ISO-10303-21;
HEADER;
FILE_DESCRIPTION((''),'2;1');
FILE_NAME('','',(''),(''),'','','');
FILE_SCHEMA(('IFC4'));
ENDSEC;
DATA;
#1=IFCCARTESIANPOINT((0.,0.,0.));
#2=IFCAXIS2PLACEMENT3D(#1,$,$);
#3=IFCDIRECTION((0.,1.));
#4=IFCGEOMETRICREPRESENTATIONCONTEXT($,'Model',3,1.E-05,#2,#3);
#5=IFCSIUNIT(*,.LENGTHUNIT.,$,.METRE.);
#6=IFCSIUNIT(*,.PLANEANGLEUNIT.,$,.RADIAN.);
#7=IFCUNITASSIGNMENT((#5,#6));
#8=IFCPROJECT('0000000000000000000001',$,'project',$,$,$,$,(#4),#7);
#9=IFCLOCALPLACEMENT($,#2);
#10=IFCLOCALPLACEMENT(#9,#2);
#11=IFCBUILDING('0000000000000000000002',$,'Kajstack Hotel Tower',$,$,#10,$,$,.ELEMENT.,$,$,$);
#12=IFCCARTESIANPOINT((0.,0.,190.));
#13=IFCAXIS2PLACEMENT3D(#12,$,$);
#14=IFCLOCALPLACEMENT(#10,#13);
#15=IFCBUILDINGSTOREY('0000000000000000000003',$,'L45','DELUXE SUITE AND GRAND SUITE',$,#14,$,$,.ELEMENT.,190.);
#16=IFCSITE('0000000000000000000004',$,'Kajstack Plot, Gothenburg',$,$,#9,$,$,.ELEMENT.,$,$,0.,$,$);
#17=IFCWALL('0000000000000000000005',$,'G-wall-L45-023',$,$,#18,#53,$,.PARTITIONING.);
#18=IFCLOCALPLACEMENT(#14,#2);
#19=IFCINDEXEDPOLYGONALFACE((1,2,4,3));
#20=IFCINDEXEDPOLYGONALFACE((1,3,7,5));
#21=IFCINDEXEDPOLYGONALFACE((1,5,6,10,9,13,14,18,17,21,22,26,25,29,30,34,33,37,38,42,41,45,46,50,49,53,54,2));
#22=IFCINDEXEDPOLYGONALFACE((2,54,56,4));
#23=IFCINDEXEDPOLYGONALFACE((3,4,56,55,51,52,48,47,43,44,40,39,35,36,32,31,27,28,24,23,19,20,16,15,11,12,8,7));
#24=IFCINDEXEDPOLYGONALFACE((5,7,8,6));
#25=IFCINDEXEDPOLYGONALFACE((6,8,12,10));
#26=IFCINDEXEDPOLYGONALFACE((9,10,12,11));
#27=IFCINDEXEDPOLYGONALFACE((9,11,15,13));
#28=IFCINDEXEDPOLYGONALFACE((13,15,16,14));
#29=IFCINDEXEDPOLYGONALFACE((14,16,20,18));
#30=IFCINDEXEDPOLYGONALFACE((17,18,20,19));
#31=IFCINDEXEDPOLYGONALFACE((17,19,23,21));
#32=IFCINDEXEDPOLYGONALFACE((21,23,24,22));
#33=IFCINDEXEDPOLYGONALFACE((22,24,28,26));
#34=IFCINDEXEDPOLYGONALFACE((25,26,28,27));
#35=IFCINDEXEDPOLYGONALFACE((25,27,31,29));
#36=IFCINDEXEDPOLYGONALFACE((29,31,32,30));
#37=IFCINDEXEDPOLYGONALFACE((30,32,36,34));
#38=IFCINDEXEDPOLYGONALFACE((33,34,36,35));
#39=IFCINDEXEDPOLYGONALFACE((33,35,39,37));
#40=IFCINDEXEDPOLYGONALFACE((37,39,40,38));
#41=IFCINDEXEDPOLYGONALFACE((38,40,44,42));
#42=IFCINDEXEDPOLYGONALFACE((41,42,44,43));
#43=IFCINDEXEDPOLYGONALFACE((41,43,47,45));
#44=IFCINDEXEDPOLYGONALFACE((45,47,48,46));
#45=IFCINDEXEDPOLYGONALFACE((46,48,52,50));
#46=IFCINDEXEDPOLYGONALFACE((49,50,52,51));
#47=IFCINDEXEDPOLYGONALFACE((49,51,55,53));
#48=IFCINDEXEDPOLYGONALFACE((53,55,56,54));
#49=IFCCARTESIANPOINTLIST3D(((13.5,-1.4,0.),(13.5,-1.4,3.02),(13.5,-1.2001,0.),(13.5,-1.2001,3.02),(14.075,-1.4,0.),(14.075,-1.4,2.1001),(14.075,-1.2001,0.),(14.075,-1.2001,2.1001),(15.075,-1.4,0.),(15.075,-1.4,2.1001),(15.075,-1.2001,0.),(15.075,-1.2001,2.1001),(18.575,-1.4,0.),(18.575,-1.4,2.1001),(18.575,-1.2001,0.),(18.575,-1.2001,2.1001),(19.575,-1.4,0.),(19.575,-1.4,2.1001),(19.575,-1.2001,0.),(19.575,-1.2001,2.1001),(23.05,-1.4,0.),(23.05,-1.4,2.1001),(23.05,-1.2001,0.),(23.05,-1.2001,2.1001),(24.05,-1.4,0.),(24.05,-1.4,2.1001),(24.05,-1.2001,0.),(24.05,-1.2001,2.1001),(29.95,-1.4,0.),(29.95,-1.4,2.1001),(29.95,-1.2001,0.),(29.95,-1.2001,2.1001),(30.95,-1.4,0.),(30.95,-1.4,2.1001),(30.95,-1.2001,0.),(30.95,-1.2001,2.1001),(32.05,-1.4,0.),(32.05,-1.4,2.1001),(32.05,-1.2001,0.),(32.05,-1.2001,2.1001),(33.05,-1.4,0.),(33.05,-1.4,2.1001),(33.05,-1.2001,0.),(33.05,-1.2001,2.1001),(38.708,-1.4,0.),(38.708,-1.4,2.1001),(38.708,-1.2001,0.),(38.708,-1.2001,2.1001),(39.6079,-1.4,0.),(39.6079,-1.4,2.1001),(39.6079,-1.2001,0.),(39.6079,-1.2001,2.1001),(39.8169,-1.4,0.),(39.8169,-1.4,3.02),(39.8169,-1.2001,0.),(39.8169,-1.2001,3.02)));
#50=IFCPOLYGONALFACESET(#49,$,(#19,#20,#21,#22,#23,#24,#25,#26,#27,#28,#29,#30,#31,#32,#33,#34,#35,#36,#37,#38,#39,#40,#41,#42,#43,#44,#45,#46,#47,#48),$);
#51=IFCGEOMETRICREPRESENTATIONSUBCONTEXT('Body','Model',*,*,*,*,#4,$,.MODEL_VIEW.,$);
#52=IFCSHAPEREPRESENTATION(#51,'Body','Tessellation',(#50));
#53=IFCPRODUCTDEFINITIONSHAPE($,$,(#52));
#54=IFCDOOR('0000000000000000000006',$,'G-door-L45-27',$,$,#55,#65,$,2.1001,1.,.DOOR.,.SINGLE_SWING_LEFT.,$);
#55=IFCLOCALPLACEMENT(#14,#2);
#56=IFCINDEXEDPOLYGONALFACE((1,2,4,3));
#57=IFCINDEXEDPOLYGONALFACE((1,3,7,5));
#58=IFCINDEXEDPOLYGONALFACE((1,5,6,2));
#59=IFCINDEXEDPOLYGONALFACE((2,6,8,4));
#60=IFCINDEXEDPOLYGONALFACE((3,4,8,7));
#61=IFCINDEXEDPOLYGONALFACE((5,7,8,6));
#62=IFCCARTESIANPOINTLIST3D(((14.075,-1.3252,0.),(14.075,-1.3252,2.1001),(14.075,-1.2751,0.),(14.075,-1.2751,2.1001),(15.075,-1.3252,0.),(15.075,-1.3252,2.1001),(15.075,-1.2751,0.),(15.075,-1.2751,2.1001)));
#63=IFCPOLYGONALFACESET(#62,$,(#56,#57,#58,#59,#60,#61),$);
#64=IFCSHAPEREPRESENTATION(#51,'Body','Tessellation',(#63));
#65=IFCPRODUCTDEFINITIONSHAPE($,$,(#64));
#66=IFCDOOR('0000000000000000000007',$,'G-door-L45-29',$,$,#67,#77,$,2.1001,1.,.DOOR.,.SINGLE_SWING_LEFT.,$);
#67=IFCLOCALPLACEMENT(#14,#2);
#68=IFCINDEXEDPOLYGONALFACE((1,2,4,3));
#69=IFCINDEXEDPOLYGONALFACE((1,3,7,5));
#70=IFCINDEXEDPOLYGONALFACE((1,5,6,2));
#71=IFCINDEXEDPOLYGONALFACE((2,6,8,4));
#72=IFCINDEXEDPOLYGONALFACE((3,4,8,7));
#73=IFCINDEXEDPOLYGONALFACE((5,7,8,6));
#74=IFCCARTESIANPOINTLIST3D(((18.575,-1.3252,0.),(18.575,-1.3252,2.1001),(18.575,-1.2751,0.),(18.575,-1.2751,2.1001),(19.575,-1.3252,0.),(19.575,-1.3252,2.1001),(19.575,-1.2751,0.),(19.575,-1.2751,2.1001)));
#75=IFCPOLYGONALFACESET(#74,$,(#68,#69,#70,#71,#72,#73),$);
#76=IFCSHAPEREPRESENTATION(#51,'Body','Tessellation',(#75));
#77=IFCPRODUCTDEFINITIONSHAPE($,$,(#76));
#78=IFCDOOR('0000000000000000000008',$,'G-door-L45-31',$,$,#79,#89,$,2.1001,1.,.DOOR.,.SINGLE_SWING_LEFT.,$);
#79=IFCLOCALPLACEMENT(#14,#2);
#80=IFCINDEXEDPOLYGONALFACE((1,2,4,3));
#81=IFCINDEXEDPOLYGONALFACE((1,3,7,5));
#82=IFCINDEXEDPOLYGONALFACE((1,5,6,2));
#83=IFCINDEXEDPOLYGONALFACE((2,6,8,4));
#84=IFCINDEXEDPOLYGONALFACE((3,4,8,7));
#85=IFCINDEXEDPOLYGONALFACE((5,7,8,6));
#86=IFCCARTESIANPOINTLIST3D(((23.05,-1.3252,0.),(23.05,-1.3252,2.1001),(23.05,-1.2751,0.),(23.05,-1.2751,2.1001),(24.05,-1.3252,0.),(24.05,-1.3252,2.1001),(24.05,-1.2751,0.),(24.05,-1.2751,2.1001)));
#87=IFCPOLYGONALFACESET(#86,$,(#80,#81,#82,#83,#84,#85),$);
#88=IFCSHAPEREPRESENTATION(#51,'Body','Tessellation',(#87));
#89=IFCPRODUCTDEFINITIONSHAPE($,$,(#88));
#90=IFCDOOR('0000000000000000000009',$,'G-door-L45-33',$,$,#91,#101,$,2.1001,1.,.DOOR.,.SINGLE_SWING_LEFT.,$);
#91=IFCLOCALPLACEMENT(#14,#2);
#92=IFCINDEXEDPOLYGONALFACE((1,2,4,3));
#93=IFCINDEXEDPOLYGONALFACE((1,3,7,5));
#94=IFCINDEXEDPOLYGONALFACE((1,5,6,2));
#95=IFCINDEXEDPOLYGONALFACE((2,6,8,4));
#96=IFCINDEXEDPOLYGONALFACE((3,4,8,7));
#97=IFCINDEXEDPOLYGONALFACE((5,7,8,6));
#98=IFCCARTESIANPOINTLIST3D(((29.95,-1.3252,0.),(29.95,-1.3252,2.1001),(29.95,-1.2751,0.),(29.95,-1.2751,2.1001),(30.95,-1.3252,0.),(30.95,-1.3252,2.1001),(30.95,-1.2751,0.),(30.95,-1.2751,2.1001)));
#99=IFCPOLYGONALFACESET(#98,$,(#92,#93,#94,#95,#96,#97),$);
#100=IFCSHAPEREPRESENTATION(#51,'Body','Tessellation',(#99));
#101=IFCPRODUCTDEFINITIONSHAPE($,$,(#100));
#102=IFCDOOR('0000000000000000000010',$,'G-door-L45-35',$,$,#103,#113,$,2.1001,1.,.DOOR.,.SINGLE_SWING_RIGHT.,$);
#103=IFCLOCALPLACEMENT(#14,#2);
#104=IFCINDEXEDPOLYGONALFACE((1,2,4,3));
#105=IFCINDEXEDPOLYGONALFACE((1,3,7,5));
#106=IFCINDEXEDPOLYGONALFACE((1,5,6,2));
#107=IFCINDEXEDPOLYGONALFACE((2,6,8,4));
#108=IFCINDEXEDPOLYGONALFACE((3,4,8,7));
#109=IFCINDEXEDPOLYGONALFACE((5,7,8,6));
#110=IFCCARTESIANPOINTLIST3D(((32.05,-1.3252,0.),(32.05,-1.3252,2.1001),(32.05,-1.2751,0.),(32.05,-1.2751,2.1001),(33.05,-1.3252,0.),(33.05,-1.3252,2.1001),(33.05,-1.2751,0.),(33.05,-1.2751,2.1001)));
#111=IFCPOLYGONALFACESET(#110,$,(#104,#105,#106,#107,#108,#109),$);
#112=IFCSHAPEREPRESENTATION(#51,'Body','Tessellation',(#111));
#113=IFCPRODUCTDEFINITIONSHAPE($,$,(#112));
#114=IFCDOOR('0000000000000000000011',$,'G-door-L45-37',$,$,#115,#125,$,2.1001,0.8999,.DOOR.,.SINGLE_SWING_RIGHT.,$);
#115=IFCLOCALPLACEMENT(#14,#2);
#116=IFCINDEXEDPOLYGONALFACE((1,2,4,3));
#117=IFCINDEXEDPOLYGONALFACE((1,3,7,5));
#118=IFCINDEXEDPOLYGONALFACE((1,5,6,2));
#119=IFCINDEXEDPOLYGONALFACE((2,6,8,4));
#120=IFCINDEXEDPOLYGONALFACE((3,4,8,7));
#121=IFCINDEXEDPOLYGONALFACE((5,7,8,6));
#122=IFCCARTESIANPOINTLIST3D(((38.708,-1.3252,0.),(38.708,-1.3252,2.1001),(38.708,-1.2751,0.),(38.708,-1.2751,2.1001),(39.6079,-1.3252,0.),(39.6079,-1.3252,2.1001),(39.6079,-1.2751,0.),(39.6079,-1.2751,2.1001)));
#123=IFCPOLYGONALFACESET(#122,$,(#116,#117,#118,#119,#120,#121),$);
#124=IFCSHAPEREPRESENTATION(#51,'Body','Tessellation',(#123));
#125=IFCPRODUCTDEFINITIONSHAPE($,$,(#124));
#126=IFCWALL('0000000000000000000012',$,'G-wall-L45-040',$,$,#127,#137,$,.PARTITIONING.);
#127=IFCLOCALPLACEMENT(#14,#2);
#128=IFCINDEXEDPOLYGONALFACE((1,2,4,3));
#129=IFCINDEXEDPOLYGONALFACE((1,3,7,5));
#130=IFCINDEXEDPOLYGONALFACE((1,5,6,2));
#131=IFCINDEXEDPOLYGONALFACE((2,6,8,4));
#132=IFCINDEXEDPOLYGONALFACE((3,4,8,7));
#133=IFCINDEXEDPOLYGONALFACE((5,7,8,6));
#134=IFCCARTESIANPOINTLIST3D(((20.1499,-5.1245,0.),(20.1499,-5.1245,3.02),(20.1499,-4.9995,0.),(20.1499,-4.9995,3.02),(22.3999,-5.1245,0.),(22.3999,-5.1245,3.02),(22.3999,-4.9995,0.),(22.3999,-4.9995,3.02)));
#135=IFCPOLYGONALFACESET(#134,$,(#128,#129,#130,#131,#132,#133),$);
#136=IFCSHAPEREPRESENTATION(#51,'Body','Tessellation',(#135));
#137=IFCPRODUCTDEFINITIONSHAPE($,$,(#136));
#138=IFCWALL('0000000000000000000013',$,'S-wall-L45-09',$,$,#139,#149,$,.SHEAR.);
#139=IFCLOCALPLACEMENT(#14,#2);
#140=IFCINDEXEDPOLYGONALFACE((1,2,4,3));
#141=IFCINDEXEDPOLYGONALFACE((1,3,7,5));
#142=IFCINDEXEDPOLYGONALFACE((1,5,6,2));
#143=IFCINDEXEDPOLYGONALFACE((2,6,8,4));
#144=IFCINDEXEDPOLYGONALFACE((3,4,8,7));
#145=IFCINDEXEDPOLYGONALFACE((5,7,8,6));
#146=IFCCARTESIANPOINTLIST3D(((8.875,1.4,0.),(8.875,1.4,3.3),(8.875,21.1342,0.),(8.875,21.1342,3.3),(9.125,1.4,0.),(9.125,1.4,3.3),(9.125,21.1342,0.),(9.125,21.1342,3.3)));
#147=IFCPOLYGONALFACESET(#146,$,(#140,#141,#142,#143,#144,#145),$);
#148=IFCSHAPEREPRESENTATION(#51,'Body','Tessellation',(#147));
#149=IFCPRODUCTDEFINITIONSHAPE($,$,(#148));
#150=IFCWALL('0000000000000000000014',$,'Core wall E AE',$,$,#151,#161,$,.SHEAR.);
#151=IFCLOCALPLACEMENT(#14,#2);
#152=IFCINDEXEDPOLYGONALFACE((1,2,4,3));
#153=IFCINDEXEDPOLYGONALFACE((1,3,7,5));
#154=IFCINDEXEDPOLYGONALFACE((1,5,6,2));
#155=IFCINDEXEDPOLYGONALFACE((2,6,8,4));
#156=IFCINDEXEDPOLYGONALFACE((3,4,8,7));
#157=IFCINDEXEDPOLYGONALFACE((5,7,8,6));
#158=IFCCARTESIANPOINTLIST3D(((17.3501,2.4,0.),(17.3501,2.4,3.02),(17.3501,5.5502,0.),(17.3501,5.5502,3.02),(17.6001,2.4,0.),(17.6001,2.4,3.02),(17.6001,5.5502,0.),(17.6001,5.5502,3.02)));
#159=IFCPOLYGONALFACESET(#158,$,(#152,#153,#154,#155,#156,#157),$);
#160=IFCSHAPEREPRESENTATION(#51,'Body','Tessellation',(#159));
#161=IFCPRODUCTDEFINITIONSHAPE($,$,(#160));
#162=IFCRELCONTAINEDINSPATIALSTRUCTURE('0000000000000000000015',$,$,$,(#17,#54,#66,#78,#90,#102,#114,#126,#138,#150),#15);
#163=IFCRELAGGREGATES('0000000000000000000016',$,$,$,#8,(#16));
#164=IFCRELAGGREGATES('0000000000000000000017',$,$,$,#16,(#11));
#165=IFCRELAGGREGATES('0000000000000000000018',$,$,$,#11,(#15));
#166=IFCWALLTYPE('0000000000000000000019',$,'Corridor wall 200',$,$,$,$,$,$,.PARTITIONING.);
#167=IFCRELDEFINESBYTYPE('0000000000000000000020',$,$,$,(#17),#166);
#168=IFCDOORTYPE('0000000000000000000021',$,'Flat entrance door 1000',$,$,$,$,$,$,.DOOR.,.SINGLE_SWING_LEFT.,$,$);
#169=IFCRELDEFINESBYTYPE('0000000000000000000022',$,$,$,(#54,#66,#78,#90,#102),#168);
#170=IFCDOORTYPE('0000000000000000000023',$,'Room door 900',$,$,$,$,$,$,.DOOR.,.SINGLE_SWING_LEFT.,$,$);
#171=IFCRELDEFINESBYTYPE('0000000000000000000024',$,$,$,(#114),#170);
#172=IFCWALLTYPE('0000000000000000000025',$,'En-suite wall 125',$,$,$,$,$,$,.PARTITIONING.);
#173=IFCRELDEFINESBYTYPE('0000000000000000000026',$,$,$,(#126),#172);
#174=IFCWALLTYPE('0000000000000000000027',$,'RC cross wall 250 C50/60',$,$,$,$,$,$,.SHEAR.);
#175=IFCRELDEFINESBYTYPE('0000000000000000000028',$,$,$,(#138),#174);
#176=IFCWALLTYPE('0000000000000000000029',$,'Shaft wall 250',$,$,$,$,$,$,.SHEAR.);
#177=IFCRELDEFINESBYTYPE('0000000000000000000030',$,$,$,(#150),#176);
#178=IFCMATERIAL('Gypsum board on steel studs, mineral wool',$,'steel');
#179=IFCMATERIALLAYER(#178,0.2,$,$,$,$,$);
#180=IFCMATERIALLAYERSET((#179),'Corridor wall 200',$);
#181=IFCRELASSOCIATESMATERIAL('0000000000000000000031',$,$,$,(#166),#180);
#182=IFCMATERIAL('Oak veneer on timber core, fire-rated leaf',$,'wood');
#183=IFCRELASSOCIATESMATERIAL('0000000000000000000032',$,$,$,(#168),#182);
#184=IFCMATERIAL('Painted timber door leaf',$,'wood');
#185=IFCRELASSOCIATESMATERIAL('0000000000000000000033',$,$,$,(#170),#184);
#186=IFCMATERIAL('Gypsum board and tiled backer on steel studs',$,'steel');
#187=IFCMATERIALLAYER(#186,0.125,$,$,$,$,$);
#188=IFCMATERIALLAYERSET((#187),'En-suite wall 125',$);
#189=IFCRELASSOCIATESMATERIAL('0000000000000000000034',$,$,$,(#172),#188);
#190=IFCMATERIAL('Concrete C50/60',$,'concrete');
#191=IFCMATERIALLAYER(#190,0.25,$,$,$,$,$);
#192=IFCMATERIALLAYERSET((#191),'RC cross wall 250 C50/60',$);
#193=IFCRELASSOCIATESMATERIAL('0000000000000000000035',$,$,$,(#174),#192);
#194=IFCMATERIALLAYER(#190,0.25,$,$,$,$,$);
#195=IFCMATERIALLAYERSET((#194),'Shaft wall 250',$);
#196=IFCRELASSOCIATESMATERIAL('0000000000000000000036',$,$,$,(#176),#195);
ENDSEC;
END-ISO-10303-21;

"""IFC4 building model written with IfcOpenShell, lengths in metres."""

from ifc_helpers import new_model, si_unit, direction, frame, frame_2d, origin, place, context, subcontext, project, spatial, rectangle, extrude, material, layer, layer_set, type_object, element, fill, save


model = new_model("IFC4")

# Units and contexts
model_context = context("Model", 3, precision=1e-05, world=origin(), true_north=direction((0.0, 1.0)))
body_context = subcontext(model_context, "Body", "Model", "MODEL_VIEW")
ifc_project = project(units=[si_unit("LENGTHUNIT", "METRE"), si_unit("PLANEANGLEUNIT", "RADIAN")], contexts=[model_context])

# Site, building, storey
site_placement = place(None, origin())
site = spatial("IfcSite", under=ifc_project, at=site_placement, Name="Kajstack Plot, Gothenburg", CompositionType="ELEMENT", RefElevation=0.0)
building_placement = place(site_placement, origin())
building = spatial("IfcBuilding", under=site, at=building_placement, Name="Kajstack Hotel Tower", CompositionType="ELEMENT")
storey_placement = place(building_placement, frame((0.0, 0.0, 190.0)))
storey = spatial("IfcBuildingStorey", under=building, at=storey_placement, Name="L45", Description="DELUXE SUITE AND GRAND SUITE", CompositionType="ELEMENT", Elevation=190.0)

# Wall, openings, doors
ifc_material_1 = material(Name="Gypsum board on steel studs, mineral wool", Category="steel")
ifc_layer_1 = layer(ifc_material_1, 0.2)
ifc_layer_set_1 = layer_set([ifc_layer_1], Name="Corridor wall 200")
wall_type_1 = type_object("IfcWallType", Name="Corridor wall 200", PredefinedType="PARTITIONING", material=ifc_layer_set_1)
wall_1_placement = place(storey_placement, frame((13.5, -1.3, 0.0), z_axis=(0.0, 0.0, 1.0), x_axis=(1.0, 0.0, 0.0)))
wall_1 = element("IfcWall", 1, at=wall_1_placement, inside=storey, type_object=wall_type_1, Name="G-wall-L45-023", PredefinedType="PARTITIONING", context=body_context, shape_type="SweptSolid", body=[
    extrude(rectangle(XDim=26.3169, YDim=0.2, at=frame_2d((13.1584, 0.0))), origin(), (0.0, 0.0, 1.0), 3.02),
])
opening_1_placement = place(wall_1_placement, frame((0.575, 0.0, 0.0)))
opening_1 = element("IfcOpeningElement", 2, at=opening_1_placement, cuts=wall_1, PredefinedType="OPENING", context=body_context, shape_type="SweptSolid", body=[
    extrude(rectangle(XDim=1.0, YDim=2.1001, at=frame_2d((0.5, 1.05))), frame((0.0, 0.1099, 0.0), z_axis=(0.0, -1.0, 0.0), x_axis=(1.0, 0.0, 0.0)), (0.0, 0.0, 1.0), 0.22),
])
opening_2_placement = place(wall_1_placement, frame((5.075, 0.0, 0.0)))
opening_2 = element("IfcOpeningElement", 3, at=opening_2_placement, cuts=wall_1, PredefinedType="OPENING", context=body_context, shape_type="SweptSolid", body=[
    extrude(rectangle(XDim=1.0, YDim=2.1001, at=frame_2d((0.5, 1.05))), frame((0.0, 0.1099, 0.0), z_axis=(0.0, -1.0, 0.0), x_axis=(1.0, 0.0, 0.0)), (0.0, 0.0, 1.0), 0.22),
])
opening_3_placement = place(wall_1_placement, frame((9.55, 0.0, 0.0)))
opening_3 = element("IfcOpeningElement", 4, at=opening_3_placement, cuts=wall_1, PredefinedType="OPENING", context=body_context, shape_type="SweptSolid", body=[
    extrude(rectangle(XDim=1.0, YDim=2.1001, at=frame_2d((0.5, 1.05))), frame((0.0, 0.1099, 0.0), z_axis=(0.0, -1.0, 0.0), x_axis=(1.0, 0.0, 0.0)), (0.0, 0.0, 1.0), 0.22),
])
opening_4_placement = place(wall_1_placement, frame((16.45, 0.0, 0.0)))
opening_4 = element("IfcOpeningElement", 5, at=opening_4_placement, cuts=wall_1, PredefinedType="OPENING", context=body_context, shape_type="SweptSolid", body=[
    extrude(rectangle(XDim=1.0, YDim=2.1001, at=frame_2d((0.5, 1.05))), frame((0.0, 0.1099, 0.0), z_axis=(0.0, -1.0, 0.0), x_axis=(1.0, 0.0, 0.0)), (0.0, 0.0, 1.0), 0.22),
])
opening_5_placement = place(wall_1_placement, frame((18.55, 0.0, 0.0)))
opening_5 = element("IfcOpeningElement", 6, at=opening_5_placement, cuts=wall_1, PredefinedType="OPENING", context=body_context, shape_type="SweptSolid", body=[
    extrude(rectangle(XDim=1.0, YDim=2.1001, at=frame_2d((0.5, 1.05))), frame((0.0, 0.1099, 0.0), z_axis=(0.0, -1.0, 0.0), x_axis=(1.0, 0.0, 0.0)), (0.0, 0.0, 1.0), 0.22),
])
opening_6_placement = place(wall_1_placement, frame((25.208, 0.0, 0.0)))
opening_6 = element("IfcOpeningElement", 7, at=opening_6_placement, cuts=wall_1, PredefinedType="OPENING", context=body_context, shape_type="SweptSolid", body=[
    extrude(rectangle(XDim=0.8999, YDim=2.1001, at=frame_2d((0.45, 1.05))), frame((0.0, 0.1099, 0.0), z_axis=(0.0, -1.0, 0.0), x_axis=(1.0, 0.0, 0.0)), (0.0, 0.0, 1.0), 0.22),
])
ifc_material_2 = material(Name="Oak veneer on timber core, fire-rated leaf", Category="wood")
door_type_1 = type_object("IfcDoorType", Name="Flat entrance door 1000", OperationType="SINGLE_SWING_LEFT", PredefinedType="DOOR", material=ifc_material_2)
door_1_placement = place(opening_1_placement, origin())
door_1 = element("IfcDoor", 8, at=door_1_placement, inside=storey, type_object=door_type_1, Name="G-door-L45-27", OperationType="SINGLE_SWING_LEFT", OverallHeight=2.1001, OverallWidth=1.0, PredefinedType="DOOR", context=body_context, shape_type="SweptSolid", body=[
    extrude(rectangle(XDim=1.0, YDim=2.1001, at=frame_2d((0.5, 1.05))), frame((0.0, 0.0249, 0.0), z_axis=(0.0, -1.0, 0.0), x_axis=(1.0, 0.0, 0.0)), (0.0, 0.0, 1.0), 0.05),
])
fill(opening_1, door_1)
door_2_placement = place(opening_2_placement, origin())
door_2 = element("IfcDoor", 9, at=door_2_placement, inside=storey, type_object=door_type_1, Name="G-door-L45-29", OperationType="SINGLE_SWING_LEFT", OverallHeight=2.1001, OverallWidth=1.0, PredefinedType="DOOR", context=body_context, shape_type="SweptSolid", body=[
    extrude(rectangle(XDim=1.0, YDim=2.1001, at=frame_2d((0.5, 1.05))), frame((0.0, 0.0249, 0.0), z_axis=(0.0, -1.0, 0.0), x_axis=(1.0, 0.0, 0.0)), (0.0, 0.0, 1.0), 0.05),
])
fill(opening_2, door_2)
door_3_placement = place(opening_3_placement, origin())
door_3 = element("IfcDoor", 10, at=door_3_placement, inside=storey, type_object=door_type_1, Name="G-door-L45-31", OperationType="SINGLE_SWING_LEFT", OverallHeight=2.1001, OverallWidth=1.0, PredefinedType="DOOR", context=body_context, shape_type="SweptSolid", body=[
    extrude(rectangle(XDim=1.0, YDim=2.1001, at=frame_2d((0.5, 1.05))), frame((0.0, 0.0249, 0.0), z_axis=(0.0, -1.0, 0.0), x_axis=(1.0, 0.0, 0.0)), (0.0, 0.0, 1.0), 0.05),
])
fill(opening_3, door_3)
door_4_placement = place(opening_4_placement, origin())
door_4 = element("IfcDoor", 11, at=door_4_placement, inside=storey, type_object=door_type_1, Name="G-door-L45-33", OperationType="SINGLE_SWING_LEFT", OverallHeight=2.1001, OverallWidth=1.0, PredefinedType="DOOR", context=body_context, shape_type="SweptSolid", body=[
    extrude(rectangle(XDim=1.0, YDim=2.1001, at=frame_2d((0.5, 1.05))), frame((0.0, 0.0249, 0.0), z_axis=(0.0, -1.0, 0.0), x_axis=(1.0, 0.0, 0.0)), (0.0, 0.0, 1.0), 0.05),
])
fill(opening_4, door_4)
door_5_placement = place(opening_5_placement, origin())
door_5 = element("IfcDoor", 12, at=door_5_placement, inside=storey, type_object=door_type_1, Name="G-door-L45-35", OperationType="SINGLE_SWING_RIGHT", OverallHeight=2.1001, OverallWidth=1.0, PredefinedType="DOOR", context=body_context, shape_type="SweptSolid", body=[
    extrude(rectangle(XDim=1.0, YDim=2.1001, at=frame_2d((0.5, 1.05))), frame((0.0, 0.0249, 0.0), z_axis=(0.0, -1.0, 0.0), x_axis=(1.0, 0.0, 0.0)), (0.0, 0.0, 1.0), 0.05),
])
fill(opening_5, door_5)
ifc_material_3 = material(Name="Painted timber door leaf", Category="wood")
door_type_2 = type_object("IfcDoorType", Name="Room door 900", OperationType="SINGLE_SWING_LEFT", PredefinedType="DOOR", material=ifc_material_3)
door_6_placement = place(opening_6_placement, origin())
door_6 = element("IfcDoor", 13, at=door_6_placement, inside=storey, type_object=door_type_2, Name="G-door-L45-37", OperationType="SINGLE_SWING_RIGHT", OverallHeight=2.1001, OverallWidth=0.8999, PredefinedType="DOOR", context=body_context, shape_type="SweptSolid", body=[
    extrude(rectangle(XDim=0.8999, YDim=2.1001, at=frame_2d((0.45, 1.05))), frame((0.0, 0.0249, 0.0), z_axis=(0.0, -1.0, 0.0), x_axis=(1.0, 0.0, 0.0)), (0.0, 0.0, 1.0), 0.05),
])
fill(opening_6, door_6)

# Walls
ifc_material_4 = material(Name="Gypsum board and tiled backer on steel studs", Category="steel")
ifc_layer_2 = layer(ifc_material_4, 0.125)
ifc_layer_set_2 = layer_set([ifc_layer_2], Name="En-suite wall 125")
wall_type_2 = type_object("IfcWallType", Name="En-suite wall 125", PredefinedType="PARTITIONING", material=ifc_layer_set_2)
wall_2_placement = place(storey_placement, frame((20.1499, -5.062, 0.0), z_axis=(0.0, 0.0, 1.0), x_axis=(1.0, 0.0, 0.0)))
element("IfcWall", 14, at=wall_2_placement, inside=storey, type_object=wall_type_2, Name="G-wall-L45-040", PredefinedType="PARTITIONING", context=body_context, shape_type="SweptSolid", body=[
    extrude(rectangle(XDim=2.25, YDim=0.125, at=frame_2d((1.125, 0.0))), origin(), (0.0, 0.0, 1.0), 3.02),
])
ifc_material_5 = material(Name="Concrete C50/60", Category="concrete")
ifc_layer_3 = layer(ifc_material_5, 0.25)
ifc_layer_set_3 = layer_set([ifc_layer_3], Name="RC cross wall 250 C50/60")
wall_type_3 = type_object("IfcWallType", Name="RC cross wall 250 C50/60", PredefinedType="SHEAR", material=ifc_layer_set_3)
wall_3_placement = place(storey_placement, frame((9.0, 1.3999, 0.0), z_axis=(0.0, 0.0, 1.0), x_axis=(0.0, 1.0, 0.0)))
element("IfcWall", 15, at=wall_3_placement, inside=storey, type_object=wall_type_3, Name="S-wall-L45-09", PredefinedType="SHEAR", context=body_context, shape_type="SweptSolid", body=[
    extrude(rectangle(XDim=19.7341, YDim=0.25, at=frame_2d((9.8672, 0.0))), origin(), (0.0, 0.0, 1.0), 3.3),
])
ifc_layer_4 = layer(ifc_material_5, 0.25)
ifc_layer_set_4 = layer_set([ifc_layer_4], Name="Shaft wall 250")
wall_type_4 = type_object("IfcWallType", Name="Shaft wall 250", PredefinedType="SHEAR", material=ifc_layer_set_4)
wall_4_placement = place(storey_placement, frame((17.4751, 2.3999, 0.0), z_axis=(0.0, 0.0, 1.0), x_axis=(0.0, 1.0, 0.0)))
element("IfcWall", 16, at=wall_4_placement, inside=storey, type_object=wall_type_4, Name="Core wall E AE", PredefinedType="SHEAR", context=body_context, shape_type="SweptSolid", body=[
    extrude(rectangle(XDim=3.1501, YDim=0.25, at=frame_2d((1.5752, 0.0))), origin(), (0.0, 0.0, 1.0), 3.02),
])

save(model, "model.ifc")
